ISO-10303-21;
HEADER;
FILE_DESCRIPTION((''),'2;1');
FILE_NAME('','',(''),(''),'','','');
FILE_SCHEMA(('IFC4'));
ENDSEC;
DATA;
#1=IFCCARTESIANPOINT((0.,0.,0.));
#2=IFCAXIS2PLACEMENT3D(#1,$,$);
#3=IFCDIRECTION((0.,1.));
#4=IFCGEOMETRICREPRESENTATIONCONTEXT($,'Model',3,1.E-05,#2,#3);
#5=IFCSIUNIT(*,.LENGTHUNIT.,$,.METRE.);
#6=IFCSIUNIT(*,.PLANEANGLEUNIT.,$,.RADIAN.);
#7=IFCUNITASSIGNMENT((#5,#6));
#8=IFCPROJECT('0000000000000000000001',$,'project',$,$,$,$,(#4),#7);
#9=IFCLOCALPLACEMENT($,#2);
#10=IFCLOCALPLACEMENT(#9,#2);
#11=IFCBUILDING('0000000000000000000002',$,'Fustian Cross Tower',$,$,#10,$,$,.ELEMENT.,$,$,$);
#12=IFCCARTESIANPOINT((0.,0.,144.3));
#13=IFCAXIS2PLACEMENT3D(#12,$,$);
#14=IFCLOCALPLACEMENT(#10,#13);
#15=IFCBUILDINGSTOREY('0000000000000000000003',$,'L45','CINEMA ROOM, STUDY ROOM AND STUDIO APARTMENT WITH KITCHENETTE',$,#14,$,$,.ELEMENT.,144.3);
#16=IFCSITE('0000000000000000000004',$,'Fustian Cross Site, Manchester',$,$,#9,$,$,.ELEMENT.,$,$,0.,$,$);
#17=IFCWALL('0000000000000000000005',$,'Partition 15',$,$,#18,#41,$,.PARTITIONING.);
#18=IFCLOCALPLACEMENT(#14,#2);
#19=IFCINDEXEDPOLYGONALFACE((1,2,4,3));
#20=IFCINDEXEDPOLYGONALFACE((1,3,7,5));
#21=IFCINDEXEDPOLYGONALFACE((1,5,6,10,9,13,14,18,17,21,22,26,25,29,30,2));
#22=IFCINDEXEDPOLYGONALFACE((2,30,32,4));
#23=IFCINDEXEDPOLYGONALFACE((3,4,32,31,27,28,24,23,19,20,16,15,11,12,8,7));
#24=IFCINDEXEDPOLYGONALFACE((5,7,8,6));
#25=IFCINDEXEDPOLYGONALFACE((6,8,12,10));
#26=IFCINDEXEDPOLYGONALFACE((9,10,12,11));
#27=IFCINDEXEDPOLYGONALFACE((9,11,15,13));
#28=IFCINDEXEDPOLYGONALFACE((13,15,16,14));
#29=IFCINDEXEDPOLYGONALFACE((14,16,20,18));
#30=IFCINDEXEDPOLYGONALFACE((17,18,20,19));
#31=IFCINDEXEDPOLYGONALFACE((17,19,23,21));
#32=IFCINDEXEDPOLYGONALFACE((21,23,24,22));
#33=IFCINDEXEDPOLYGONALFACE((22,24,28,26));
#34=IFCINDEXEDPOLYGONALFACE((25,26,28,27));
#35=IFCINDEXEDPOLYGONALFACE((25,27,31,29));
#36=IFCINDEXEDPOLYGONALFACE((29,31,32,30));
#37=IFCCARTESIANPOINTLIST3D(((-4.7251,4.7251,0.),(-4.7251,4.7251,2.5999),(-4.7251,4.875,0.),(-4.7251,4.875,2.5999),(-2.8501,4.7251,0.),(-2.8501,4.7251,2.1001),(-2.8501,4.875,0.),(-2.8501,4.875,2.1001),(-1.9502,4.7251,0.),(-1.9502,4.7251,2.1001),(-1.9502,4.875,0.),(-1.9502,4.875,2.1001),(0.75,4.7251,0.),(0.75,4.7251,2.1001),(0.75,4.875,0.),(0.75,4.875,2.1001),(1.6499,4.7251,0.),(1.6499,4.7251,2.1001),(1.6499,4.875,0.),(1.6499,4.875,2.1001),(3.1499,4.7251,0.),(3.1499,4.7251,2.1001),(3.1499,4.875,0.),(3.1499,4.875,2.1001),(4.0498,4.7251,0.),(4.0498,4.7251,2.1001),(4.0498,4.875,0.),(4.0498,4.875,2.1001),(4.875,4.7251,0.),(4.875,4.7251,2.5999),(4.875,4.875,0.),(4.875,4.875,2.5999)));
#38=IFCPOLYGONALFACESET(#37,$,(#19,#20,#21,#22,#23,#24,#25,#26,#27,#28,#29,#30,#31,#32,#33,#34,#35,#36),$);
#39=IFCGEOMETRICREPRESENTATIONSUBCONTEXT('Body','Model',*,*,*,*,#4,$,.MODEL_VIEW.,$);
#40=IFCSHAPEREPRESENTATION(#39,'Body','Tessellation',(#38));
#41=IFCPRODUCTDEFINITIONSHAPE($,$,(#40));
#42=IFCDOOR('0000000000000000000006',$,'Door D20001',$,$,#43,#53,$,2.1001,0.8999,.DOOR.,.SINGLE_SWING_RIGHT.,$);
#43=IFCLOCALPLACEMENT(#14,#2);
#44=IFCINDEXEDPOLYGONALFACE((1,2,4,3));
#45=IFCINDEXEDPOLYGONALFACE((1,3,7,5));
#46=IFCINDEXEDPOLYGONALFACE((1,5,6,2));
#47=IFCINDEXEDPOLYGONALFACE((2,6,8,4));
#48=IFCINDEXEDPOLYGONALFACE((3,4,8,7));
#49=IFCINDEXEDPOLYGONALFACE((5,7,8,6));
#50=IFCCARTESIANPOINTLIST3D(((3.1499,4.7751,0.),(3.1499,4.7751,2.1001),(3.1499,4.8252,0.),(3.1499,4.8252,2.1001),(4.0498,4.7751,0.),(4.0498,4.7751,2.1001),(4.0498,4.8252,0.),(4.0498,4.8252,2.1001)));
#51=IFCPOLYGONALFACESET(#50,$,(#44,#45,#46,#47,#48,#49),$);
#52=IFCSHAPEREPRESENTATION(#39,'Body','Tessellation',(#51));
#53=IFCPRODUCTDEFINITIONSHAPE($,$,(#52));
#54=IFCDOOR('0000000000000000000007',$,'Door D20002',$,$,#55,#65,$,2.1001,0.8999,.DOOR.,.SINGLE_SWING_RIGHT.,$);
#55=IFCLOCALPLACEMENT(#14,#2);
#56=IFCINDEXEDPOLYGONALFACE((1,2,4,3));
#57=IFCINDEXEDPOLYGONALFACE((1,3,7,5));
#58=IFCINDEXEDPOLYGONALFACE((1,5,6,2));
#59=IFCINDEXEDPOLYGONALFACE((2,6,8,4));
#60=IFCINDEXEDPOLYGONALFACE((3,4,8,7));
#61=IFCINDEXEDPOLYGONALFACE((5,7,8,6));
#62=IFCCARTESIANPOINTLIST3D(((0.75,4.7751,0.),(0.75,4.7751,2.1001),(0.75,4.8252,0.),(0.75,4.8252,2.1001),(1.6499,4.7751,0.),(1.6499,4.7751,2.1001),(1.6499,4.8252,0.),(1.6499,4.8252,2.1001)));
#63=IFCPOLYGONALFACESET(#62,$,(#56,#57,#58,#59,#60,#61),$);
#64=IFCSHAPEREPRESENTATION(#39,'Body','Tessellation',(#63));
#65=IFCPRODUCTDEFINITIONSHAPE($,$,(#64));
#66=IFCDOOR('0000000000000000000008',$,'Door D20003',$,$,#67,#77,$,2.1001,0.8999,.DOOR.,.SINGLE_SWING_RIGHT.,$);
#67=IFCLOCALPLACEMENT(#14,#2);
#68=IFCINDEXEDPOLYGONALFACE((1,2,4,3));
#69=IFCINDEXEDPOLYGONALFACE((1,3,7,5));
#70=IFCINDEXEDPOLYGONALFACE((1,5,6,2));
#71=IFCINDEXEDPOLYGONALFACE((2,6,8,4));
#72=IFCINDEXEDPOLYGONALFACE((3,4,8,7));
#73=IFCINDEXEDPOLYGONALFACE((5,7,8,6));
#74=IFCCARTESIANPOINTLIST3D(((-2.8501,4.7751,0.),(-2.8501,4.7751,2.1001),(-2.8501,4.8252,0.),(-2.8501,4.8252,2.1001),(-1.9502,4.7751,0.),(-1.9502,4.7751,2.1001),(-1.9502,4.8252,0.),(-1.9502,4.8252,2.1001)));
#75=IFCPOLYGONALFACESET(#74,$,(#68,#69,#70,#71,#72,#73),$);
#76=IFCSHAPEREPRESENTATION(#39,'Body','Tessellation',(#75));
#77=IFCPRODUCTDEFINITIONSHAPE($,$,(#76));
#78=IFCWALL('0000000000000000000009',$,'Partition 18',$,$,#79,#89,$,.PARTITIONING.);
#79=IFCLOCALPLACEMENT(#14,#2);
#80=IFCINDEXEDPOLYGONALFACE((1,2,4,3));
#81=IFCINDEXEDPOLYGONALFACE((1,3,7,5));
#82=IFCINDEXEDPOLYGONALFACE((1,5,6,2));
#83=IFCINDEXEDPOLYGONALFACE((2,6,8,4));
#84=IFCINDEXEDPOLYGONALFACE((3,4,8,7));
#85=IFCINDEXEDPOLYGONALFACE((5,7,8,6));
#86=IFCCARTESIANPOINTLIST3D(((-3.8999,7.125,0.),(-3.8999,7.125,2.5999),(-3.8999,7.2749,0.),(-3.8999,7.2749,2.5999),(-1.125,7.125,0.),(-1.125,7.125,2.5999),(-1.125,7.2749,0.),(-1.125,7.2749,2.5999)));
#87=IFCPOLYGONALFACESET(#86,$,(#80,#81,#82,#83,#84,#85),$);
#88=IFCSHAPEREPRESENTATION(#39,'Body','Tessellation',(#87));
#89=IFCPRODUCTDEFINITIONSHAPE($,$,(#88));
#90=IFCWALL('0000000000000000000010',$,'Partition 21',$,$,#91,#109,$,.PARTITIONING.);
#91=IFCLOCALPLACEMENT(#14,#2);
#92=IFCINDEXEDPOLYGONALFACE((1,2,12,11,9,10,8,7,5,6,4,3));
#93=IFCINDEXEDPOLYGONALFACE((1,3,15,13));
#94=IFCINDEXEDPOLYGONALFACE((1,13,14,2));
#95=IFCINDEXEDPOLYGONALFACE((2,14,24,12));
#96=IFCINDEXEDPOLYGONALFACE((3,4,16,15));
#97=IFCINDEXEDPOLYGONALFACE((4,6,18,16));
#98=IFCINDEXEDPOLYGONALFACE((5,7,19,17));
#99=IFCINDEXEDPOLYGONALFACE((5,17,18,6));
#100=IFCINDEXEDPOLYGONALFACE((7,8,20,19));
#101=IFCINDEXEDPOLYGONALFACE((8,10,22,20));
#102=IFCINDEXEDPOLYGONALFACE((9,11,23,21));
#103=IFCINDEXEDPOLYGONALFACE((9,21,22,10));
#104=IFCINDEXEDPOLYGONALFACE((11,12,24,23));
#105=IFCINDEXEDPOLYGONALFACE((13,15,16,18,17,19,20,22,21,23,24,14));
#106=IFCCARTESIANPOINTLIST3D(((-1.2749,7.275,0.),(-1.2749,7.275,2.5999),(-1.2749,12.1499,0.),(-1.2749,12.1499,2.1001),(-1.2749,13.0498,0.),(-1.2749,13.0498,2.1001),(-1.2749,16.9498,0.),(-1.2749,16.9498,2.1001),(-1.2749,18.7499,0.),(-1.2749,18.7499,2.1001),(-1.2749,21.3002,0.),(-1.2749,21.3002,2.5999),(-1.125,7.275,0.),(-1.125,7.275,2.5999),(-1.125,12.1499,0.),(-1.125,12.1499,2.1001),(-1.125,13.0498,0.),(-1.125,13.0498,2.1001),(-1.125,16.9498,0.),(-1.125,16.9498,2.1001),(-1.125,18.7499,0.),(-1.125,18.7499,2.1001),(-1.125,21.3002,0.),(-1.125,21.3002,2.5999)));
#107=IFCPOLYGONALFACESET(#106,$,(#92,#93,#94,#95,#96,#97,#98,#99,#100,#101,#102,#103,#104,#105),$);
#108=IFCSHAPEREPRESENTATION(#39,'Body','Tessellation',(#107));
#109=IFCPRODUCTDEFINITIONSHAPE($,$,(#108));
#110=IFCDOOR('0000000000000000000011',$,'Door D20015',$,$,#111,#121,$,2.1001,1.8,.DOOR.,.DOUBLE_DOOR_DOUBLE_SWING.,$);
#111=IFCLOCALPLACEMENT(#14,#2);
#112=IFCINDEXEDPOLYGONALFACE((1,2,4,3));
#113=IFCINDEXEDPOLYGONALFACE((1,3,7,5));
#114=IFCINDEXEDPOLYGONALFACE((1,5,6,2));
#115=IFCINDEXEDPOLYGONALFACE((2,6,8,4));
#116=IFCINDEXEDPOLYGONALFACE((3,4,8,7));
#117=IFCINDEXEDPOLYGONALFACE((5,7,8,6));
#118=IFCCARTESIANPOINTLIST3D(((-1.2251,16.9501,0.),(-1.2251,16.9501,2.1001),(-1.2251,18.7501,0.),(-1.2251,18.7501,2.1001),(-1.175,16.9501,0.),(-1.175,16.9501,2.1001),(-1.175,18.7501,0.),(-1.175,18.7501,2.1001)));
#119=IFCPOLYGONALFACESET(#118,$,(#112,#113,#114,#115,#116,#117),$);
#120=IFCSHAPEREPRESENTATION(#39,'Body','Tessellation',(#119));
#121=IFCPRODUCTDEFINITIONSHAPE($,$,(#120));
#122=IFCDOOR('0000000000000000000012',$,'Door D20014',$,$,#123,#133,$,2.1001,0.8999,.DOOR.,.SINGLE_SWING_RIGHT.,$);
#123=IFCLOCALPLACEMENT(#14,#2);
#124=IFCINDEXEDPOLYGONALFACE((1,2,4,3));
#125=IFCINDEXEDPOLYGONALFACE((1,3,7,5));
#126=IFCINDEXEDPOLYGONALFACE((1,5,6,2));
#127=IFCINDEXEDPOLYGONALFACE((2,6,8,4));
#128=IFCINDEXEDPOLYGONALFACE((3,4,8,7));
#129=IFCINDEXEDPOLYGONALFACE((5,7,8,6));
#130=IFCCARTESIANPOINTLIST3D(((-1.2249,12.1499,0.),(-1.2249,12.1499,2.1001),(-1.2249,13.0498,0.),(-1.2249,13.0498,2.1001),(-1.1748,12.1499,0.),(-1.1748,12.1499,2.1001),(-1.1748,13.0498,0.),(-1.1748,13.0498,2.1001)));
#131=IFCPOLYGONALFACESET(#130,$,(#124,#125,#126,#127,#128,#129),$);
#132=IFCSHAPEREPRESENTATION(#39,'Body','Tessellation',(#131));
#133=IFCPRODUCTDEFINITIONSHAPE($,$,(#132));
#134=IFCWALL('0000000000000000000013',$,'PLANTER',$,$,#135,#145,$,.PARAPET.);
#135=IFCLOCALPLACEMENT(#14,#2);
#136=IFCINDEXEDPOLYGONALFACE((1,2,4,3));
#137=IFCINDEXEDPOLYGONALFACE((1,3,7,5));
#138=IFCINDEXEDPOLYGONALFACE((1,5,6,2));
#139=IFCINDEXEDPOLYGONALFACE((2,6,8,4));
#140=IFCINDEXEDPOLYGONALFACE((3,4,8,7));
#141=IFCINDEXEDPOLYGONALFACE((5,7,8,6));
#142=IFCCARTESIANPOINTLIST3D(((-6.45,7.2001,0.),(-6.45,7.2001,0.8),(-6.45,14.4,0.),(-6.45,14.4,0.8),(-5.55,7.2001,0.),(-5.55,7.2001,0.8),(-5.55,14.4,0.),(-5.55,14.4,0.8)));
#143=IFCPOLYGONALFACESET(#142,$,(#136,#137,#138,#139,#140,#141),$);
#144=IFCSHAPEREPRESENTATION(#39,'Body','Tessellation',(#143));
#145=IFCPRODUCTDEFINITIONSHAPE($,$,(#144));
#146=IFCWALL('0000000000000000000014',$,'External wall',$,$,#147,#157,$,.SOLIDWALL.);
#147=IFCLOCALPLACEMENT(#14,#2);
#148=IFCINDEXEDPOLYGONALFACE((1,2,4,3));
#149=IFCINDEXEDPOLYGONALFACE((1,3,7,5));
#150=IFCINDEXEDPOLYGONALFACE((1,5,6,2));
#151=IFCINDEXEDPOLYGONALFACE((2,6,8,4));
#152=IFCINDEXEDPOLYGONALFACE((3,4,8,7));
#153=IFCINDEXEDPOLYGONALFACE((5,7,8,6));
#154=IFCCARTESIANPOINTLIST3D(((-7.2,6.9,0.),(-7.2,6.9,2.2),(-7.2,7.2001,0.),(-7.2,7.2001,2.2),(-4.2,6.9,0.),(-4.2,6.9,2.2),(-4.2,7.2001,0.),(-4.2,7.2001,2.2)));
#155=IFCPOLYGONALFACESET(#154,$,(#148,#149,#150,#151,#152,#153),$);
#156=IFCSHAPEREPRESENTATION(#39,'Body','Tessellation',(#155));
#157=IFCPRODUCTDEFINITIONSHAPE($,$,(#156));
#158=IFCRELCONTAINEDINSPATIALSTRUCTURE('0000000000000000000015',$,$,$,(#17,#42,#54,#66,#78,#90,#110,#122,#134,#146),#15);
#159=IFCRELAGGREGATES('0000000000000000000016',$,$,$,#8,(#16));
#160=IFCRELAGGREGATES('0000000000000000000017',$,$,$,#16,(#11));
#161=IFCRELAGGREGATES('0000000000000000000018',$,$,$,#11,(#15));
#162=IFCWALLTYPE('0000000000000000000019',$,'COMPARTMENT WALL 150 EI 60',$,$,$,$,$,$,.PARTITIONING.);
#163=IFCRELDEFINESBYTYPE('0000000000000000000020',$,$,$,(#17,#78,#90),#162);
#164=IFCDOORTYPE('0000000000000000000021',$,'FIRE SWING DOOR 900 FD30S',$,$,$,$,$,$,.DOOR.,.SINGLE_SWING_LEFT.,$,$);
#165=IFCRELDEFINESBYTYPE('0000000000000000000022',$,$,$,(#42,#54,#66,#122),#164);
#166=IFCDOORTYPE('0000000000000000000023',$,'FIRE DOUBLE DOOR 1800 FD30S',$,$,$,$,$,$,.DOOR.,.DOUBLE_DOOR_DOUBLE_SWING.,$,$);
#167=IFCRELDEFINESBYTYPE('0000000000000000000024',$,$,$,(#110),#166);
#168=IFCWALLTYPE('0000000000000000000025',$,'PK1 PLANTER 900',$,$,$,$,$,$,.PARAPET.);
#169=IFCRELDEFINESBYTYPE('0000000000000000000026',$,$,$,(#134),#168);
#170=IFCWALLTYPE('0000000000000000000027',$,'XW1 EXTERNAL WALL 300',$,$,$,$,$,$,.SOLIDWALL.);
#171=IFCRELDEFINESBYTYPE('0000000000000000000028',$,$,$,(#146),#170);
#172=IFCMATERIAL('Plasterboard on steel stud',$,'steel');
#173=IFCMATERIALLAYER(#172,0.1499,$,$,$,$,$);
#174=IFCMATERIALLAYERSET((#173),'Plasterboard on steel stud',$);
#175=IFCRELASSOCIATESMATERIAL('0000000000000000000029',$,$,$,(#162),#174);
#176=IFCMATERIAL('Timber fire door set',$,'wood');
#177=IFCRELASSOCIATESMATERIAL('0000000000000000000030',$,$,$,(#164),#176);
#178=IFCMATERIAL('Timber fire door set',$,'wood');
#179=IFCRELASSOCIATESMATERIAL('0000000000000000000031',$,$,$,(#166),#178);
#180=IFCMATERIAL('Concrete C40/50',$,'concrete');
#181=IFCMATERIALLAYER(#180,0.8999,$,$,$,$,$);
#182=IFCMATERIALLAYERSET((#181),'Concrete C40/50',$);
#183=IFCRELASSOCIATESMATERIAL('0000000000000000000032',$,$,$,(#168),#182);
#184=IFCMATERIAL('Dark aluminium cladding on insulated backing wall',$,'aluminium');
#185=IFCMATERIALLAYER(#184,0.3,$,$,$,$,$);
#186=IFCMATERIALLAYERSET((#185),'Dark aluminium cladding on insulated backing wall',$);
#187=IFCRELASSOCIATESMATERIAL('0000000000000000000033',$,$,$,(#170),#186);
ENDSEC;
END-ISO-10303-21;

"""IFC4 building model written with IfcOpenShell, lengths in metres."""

from ifc_helpers import new_model, si_unit, direction, frame, frame_2d, origin, place, context, subcontext, project, spatial, rectangle, extrude, material, layer, layer_set, type_object, element, fill, save


model = new_model("IFC4")

# Units and contexts
model_context = context("Model", 3, precision=1e-05, world=origin(), true_north=direction((0.0, 1.0)))
body_context = subcontext(model_context, "Body", "Model", "MODEL_VIEW")
ifc_project = project(units=[si_unit("LENGTHUNIT", "METRE"), si_unit("PLANEANGLEUNIT", "RADIAN")], contexts=[model_context])

# Site, building, storey
site_placement = place(None, origin())
site = spatial("IfcSite", under=ifc_project, at=site_placement, Name="Fustian Cross Site, Manchester", CompositionType="ELEMENT", RefElevation=0.0)
building_placement = place(site_placement, origin())
building = spatial("IfcBuilding", under=site, at=building_placement, Name="Fustian Cross Tower", CompositionType="ELEMENT")
storey_placement = place(building_placement, frame((0.0, 0.0, 144.3)))
storey = spatial("IfcBuildingStorey", under=building, at=storey_placement, Name="L45", Description="CINEMA ROOM, STUDY ROOM AND STUDIO APARTMENT WITH KITCHENETTE", CompositionType="ELEMENT", Elevation=144.3)

# Shared definitions
ifc_material_1 = material(Name="Plasterboard on steel stud", Category="steel")
ifc_layer_1 = layer(ifc_material_1, 0.1499)
ifc_layer_set_1 = layer_set([ifc_layer_1], Name="Plasterboard on steel stud")
wall_type_1 = type_object("IfcWallType", Name="COMPARTMENT WALL 150 EI 60", PredefinedType="PARTITIONING", material=ifc_layer_set_1)

# Wall, openings, doors
wall_1_placement = place(storey_placement, frame((-4.7251, 4.8, 0.0), z_axis=(0.0, 0.0, 1.0), x_axis=(1.0, 0.0, 0.0)))
wall_1 = element("IfcWall", 1, at=wall_1_placement, inside=storey, type_object=wall_type_1, Name="Partition 15", PredefinedType="PARTITIONING", context=body_context, shape_type="SweptSolid", body=[
    extrude(rectangle(XDim=9.6001, YDim=0.1499, at=frame_2d((4.8, 0.0))), origin(), (0.0, 0.0, 1.0), 2.5999),
])
opening_1_placement = place(wall_1_placement, frame((7.875, 0.0, 0.0)))
opening_1 = element("IfcOpeningElement", 2, at=opening_1_placement, cuts=wall_1, PredefinedType="OPENING", context=body_context, shape_type="SweptSolid", body=[
    extrude(rectangle(XDim=0.8999, YDim=2.1001, at=frame_2d((0.45, 1.05))), frame((0.0, 0.085, 0.0), z_axis=(0.0, -1.0, 0.0), x_axis=(1.0, 0.0, 0.0)), (0.0, 0.0, 1.0), 0.1699),
])
opening_2_placement = place(wall_1_placement, frame((5.4751, 0.0, 0.0)))
opening_2 = element("IfcOpeningElement", 3, at=opening_2_placement, cuts=wall_1, PredefinedType="OPENING", context=body_context, shape_type="SweptSolid", body=[
    extrude(rectangle(XDim=0.8999, YDim=2.1001, at=frame_2d((0.45, 1.05))), frame((0.0, 0.085, 0.0), z_axis=(0.0, -1.0, 0.0), x_axis=(1.0, 0.0, 0.0)), (0.0, 0.0, 1.0), 0.1699),
])
opening_3_placement = place(wall_1_placement, frame((1.875, 0.0, 0.0)))
opening_3 = element("IfcOpeningElement", 4, at=opening_3_placement, cuts=wall_1, PredefinedType="OPENING", context=body_context, shape_type="SweptSolid", body=[
    extrude(rectangle(XDim=0.8999, YDim=2.1001, at=frame_2d((0.45, 1.05))), frame((0.0, 0.085, 0.0), z_axis=(0.0, -1.0, 0.0), x_axis=(1.0, 0.0, 0.0)), (0.0, 0.0, 1.0), 0.1699),
])
ifc_material_2 = material(Name="Timber fire door set", Category="wood")
door_type_1 = type_object("IfcDoorType", Name="FIRE SWING DOOR 900 FD30S", OperationType="SINGLE_SWING_LEFT", PredefinedType="DOOR", material=ifc_material_2)
door_1_placement = place(opening_1_placement, frame((0.8999, 0.0, 0.0), z_axis=(0.0, 0.0, 1.0), x_axis=(-1.0, 0.0, 0.0)))
door_1 = element("IfcDoor", 5, at=door_1_placement, inside=storey, type_object=door_type_1, Name="Door D20001", OperationType="SINGLE_SWING_RIGHT", OverallHeight=2.1001, OverallWidth=0.8999, PredefinedType="DOOR", context=body_context, shape_type="SweptSolid", body=[
    extrude(rectangle(XDim=0.8999, YDim=2.1001, at=frame_2d((0.45, 1.05))), frame((0.0, 0.0249, 0.0), z_axis=(0.0, -1.0, 0.0), x_axis=(1.0, 0.0, 0.0)), (0.0, 0.0, 1.0), 0.05),
])
fill(opening_1, door_1)
door_2_placement = place(opening_2_placement, frame((0.8999, 0.0, 0.0), z_axis=(0.0, 0.0, 1.0), x_axis=(-1.0, 0.0, 0.0)))
door_2 = element("IfcDoor", 6, at=door_2_placement, inside=storey, type_object=door_type_1, Name="Door D20002", OperationType="SINGLE_SWING_RIGHT", OverallHeight=2.1001, OverallWidth=0.8999, PredefinedType="DOOR", context=body_context, shape_type="SweptSolid", body=[
    extrude(rectangle(XDim=0.8999, YDim=2.1001, at=frame_2d((0.45, 1.05))), frame((0.0, 0.0249, 0.0), z_axis=(0.0, -1.0, 0.0), x_axis=(1.0, 0.0, 0.0)), (0.0, 0.0, 1.0), 0.05),
])
fill(opening_2, door_2)
door_3_placement = place(opening_3_placement, frame((0.8999, 0.0, 0.0), z_axis=(0.0, 0.0, 1.0), x_axis=(-1.0, 0.0, 0.0)))
door_3 = element("IfcDoor", 7, at=door_3_placement, inside=storey, type_object=door_type_1, Name="Door D20003", OperationType="SINGLE_SWING_RIGHT", OverallHeight=2.1001, OverallWidth=0.8999, PredefinedType="DOOR", context=body_context, shape_type="SweptSolid", body=[
    extrude(rectangle(XDim=0.8999, YDim=2.1001, at=frame_2d((0.45, 1.05))), frame((0.0, 0.0249, 0.0), z_axis=(0.0, -1.0, 0.0), x_axis=(1.0, 0.0, 0.0)), (0.0, 0.0, 1.0), 0.05),
])
fill(opening_3, door_3)

# Wall
wall_2_placement = place(storey_placement, frame((-3.8999, 7.2, 0.0), z_axis=(0.0, 0.0, 1.0), x_axis=(1.0, 0.0, 0.0)))
element("IfcWall", 8, at=wall_2_placement, inside=storey, type_object=wall_type_1, Name="Partition 18", PredefinedType="PARTITIONING", context=body_context, shape_type="SweptSolid", body=[
    extrude(rectangle(XDim=2.7749, YDim=0.1499, at=frame_2d((1.3875, 0.0))), origin(), (0.0, 0.0, 1.0), 2.5999),
])

# Wall, openings, doors
wall_3_placement = place(storey_placement, frame((-1.2, 7.2749, 0.0), z_axis=(0.0, 0.0, 1.0), x_axis=(0.0, 1.0, 0.0)))
wall_3 = element("IfcWall", 9, at=wall_3_placement, inside=storey, type_object=wall_type_1, Name="Partition 21", PredefinedType="PARTITIONING", context=body_context, shape_type="SweptSolid", body=[
    extrude(rectangle(XDim=14.0251, YDim=0.1499, at=frame_2d((7.0127, 0.0))), origin(), (0.0, 0.0, 1.0), 2.5999),
])
opening_4_placement = place(wall_3_placement, frame((4.875, 0.0, 0.0)))
opening_4 = element("IfcOpeningElement", 10, at=opening_4_placement, cuts=wall_3, PredefinedType="OPENING", context=body_context, shape_type="SweptSolid", body=[
    extrude(rectangle(XDim=0.8999, YDim=2.1001, at=frame_2d((0.45, 1.05))), frame((0.0, 0.085, 0.0), z_axis=(0.0, -1.0, 0.0), x_axis=(1.0, 0.0, 0.0)), (0.0, 0.0, 1.0), 0.1699),
])
opening_5_placement = place(wall_3_placement, frame((9.675, 0.0, 0.0)))
opening_5 = element("IfcOpeningElement", 11, at=opening_5_placement, cuts=wall_3, PredefinedType="OPENING", context=body_context, shape_type="SweptSolid", body=[
    extrude(rectangle(XDim=1.8, YDim=2.1001, at=frame_2d((0.8999, 1.05))), frame((0.0, 0.085, 0.0), z_axis=(0.0, -1.0, 0.0), x_axis=(1.0, 0.0, 0.0)), (0.0, 0.0, 1.0), 0.1699),
])
ifc_material_3 = material(Name="Timber fire door set", Category="wood")
door_type_2 = type_object("IfcDoorType", Name="FIRE DOUBLE DOOR 1800 FD30S", OperationType="DOUBLE_DOOR_DOUBLE_SWING", PredefinedType="DOOR", material=ifc_material_3)
door_4_placement = place(opening_5_placement, frame((1.8, 0.0, 0.0), z_axis=(0.0, 0.0, 1.0), x_axis=(-1.0, 0.0, 0.0)))
door_4 = element("IfcDoor", 12, at=door_4_placement, inside=storey, type_object=door_type_2, Name="Door D20015", OperationType="DOUBLE_DOOR_DOUBLE_SWING", OverallHeight=2.1001, OverallWidth=1.8, PredefinedType="DOOR", context=body_context, shape_type="SweptSolid", body=[
    extrude(rectangle(XDim=1.8, YDim=2.1001, at=frame_2d((0.8999, 1.05))), frame((0.0, 0.0249, 0.0), z_axis=(0.0, -1.0, 0.0), x_axis=(1.0, 0.0, 0.0)), (0.0, 0.0, 1.0), 0.05),
])
fill(opening_5, door_4)
door_5_placement = place(opening_4_placement, origin())
door_5 = element("IfcDoor", 13, at=door_5_placement, inside=storey, type_object=door_type_1, Name="Door D20014", OperationType="SINGLE_SWING_RIGHT", OverallHeight=2.1001, OverallWidth=0.8999, PredefinedType="DOOR", context=body_context, shape_type="SweptSolid", body=[
    extrude(rectangle(XDim=0.8999, YDim=2.1001, at=frame_2d((0.45, 1.05))), frame((0.0, 0.0249, 0.0), z_axis=(0.0, -1.0, 0.0), x_axis=(1.0, 0.0, 0.0)), (0.0, 0.0, 1.0), 0.05),
])
fill(opening_4, door_5)

# Walls
ifc_material_4 = material(Name="Concrete C40/50", Category="concrete")
ifc_layer_2 = layer(ifc_material_4, 0.8999)
ifc_layer_set_2 = layer_set([ifc_layer_2], Name="Concrete C40/50")
wall_type_2 = type_object("IfcWallType", Name="PK1 PLANTER 900", PredefinedType="PARAPET", material=ifc_layer_set_2)
wall_4_placement = place(storey_placement, frame((-6.0, 7.2, 0.0), z_axis=(0.0, 0.0, 1.0), x_axis=(0.0, 1.0, 0.0)))
element("IfcWall", 14, at=wall_4_placement, inside=storey, type_object=wall_type_2, Name="PLANTER", PredefinedType="PARAPET", context=body_context, shape_type="SweptSolid", body=[
    extrude(rectangle(XDim=7.2, YDim=0.8999, at=frame_2d((3.6001, 0.0))), origin(), (0.0, 0.0, 1.0), 0.8),
])
ifc_material_5 = material(Name="Dark aluminium cladding on insulated backing wall", Category="aluminium")
ifc_layer_3 = layer(ifc_material_5, 0.3)
ifc_layer_set_3 = layer_set([ifc_layer_3], Name="Dark aluminium cladding on insulated backing wall")
wall_type_3 = type_object("IfcWallType", Name="XW1 EXTERNAL WALL 300", PredefinedType="SOLIDWALL", material=ifc_layer_set_3)
wall_5_placement = place(storey_placement, frame((-4.2, 7.05, 0.0), z_axis=(0.0, 0.0, 1.0), x_axis=(-1.0, 0.0, 0.0)))
element("IfcWall", 15, at=wall_5_placement, inside=storey, type_object=wall_type_3, Name="External wall", PredefinedType="SOLIDWALL", context=body_context, shape_type="SweptSolid", body=[
    extrude(rectangle(XDim=3.0, YDim=0.3, at=frame_2d((1.5, 0.0))), origin(), (0.0, 0.0, 1.0), 2.2),
])

save(model, "model.ifc")
